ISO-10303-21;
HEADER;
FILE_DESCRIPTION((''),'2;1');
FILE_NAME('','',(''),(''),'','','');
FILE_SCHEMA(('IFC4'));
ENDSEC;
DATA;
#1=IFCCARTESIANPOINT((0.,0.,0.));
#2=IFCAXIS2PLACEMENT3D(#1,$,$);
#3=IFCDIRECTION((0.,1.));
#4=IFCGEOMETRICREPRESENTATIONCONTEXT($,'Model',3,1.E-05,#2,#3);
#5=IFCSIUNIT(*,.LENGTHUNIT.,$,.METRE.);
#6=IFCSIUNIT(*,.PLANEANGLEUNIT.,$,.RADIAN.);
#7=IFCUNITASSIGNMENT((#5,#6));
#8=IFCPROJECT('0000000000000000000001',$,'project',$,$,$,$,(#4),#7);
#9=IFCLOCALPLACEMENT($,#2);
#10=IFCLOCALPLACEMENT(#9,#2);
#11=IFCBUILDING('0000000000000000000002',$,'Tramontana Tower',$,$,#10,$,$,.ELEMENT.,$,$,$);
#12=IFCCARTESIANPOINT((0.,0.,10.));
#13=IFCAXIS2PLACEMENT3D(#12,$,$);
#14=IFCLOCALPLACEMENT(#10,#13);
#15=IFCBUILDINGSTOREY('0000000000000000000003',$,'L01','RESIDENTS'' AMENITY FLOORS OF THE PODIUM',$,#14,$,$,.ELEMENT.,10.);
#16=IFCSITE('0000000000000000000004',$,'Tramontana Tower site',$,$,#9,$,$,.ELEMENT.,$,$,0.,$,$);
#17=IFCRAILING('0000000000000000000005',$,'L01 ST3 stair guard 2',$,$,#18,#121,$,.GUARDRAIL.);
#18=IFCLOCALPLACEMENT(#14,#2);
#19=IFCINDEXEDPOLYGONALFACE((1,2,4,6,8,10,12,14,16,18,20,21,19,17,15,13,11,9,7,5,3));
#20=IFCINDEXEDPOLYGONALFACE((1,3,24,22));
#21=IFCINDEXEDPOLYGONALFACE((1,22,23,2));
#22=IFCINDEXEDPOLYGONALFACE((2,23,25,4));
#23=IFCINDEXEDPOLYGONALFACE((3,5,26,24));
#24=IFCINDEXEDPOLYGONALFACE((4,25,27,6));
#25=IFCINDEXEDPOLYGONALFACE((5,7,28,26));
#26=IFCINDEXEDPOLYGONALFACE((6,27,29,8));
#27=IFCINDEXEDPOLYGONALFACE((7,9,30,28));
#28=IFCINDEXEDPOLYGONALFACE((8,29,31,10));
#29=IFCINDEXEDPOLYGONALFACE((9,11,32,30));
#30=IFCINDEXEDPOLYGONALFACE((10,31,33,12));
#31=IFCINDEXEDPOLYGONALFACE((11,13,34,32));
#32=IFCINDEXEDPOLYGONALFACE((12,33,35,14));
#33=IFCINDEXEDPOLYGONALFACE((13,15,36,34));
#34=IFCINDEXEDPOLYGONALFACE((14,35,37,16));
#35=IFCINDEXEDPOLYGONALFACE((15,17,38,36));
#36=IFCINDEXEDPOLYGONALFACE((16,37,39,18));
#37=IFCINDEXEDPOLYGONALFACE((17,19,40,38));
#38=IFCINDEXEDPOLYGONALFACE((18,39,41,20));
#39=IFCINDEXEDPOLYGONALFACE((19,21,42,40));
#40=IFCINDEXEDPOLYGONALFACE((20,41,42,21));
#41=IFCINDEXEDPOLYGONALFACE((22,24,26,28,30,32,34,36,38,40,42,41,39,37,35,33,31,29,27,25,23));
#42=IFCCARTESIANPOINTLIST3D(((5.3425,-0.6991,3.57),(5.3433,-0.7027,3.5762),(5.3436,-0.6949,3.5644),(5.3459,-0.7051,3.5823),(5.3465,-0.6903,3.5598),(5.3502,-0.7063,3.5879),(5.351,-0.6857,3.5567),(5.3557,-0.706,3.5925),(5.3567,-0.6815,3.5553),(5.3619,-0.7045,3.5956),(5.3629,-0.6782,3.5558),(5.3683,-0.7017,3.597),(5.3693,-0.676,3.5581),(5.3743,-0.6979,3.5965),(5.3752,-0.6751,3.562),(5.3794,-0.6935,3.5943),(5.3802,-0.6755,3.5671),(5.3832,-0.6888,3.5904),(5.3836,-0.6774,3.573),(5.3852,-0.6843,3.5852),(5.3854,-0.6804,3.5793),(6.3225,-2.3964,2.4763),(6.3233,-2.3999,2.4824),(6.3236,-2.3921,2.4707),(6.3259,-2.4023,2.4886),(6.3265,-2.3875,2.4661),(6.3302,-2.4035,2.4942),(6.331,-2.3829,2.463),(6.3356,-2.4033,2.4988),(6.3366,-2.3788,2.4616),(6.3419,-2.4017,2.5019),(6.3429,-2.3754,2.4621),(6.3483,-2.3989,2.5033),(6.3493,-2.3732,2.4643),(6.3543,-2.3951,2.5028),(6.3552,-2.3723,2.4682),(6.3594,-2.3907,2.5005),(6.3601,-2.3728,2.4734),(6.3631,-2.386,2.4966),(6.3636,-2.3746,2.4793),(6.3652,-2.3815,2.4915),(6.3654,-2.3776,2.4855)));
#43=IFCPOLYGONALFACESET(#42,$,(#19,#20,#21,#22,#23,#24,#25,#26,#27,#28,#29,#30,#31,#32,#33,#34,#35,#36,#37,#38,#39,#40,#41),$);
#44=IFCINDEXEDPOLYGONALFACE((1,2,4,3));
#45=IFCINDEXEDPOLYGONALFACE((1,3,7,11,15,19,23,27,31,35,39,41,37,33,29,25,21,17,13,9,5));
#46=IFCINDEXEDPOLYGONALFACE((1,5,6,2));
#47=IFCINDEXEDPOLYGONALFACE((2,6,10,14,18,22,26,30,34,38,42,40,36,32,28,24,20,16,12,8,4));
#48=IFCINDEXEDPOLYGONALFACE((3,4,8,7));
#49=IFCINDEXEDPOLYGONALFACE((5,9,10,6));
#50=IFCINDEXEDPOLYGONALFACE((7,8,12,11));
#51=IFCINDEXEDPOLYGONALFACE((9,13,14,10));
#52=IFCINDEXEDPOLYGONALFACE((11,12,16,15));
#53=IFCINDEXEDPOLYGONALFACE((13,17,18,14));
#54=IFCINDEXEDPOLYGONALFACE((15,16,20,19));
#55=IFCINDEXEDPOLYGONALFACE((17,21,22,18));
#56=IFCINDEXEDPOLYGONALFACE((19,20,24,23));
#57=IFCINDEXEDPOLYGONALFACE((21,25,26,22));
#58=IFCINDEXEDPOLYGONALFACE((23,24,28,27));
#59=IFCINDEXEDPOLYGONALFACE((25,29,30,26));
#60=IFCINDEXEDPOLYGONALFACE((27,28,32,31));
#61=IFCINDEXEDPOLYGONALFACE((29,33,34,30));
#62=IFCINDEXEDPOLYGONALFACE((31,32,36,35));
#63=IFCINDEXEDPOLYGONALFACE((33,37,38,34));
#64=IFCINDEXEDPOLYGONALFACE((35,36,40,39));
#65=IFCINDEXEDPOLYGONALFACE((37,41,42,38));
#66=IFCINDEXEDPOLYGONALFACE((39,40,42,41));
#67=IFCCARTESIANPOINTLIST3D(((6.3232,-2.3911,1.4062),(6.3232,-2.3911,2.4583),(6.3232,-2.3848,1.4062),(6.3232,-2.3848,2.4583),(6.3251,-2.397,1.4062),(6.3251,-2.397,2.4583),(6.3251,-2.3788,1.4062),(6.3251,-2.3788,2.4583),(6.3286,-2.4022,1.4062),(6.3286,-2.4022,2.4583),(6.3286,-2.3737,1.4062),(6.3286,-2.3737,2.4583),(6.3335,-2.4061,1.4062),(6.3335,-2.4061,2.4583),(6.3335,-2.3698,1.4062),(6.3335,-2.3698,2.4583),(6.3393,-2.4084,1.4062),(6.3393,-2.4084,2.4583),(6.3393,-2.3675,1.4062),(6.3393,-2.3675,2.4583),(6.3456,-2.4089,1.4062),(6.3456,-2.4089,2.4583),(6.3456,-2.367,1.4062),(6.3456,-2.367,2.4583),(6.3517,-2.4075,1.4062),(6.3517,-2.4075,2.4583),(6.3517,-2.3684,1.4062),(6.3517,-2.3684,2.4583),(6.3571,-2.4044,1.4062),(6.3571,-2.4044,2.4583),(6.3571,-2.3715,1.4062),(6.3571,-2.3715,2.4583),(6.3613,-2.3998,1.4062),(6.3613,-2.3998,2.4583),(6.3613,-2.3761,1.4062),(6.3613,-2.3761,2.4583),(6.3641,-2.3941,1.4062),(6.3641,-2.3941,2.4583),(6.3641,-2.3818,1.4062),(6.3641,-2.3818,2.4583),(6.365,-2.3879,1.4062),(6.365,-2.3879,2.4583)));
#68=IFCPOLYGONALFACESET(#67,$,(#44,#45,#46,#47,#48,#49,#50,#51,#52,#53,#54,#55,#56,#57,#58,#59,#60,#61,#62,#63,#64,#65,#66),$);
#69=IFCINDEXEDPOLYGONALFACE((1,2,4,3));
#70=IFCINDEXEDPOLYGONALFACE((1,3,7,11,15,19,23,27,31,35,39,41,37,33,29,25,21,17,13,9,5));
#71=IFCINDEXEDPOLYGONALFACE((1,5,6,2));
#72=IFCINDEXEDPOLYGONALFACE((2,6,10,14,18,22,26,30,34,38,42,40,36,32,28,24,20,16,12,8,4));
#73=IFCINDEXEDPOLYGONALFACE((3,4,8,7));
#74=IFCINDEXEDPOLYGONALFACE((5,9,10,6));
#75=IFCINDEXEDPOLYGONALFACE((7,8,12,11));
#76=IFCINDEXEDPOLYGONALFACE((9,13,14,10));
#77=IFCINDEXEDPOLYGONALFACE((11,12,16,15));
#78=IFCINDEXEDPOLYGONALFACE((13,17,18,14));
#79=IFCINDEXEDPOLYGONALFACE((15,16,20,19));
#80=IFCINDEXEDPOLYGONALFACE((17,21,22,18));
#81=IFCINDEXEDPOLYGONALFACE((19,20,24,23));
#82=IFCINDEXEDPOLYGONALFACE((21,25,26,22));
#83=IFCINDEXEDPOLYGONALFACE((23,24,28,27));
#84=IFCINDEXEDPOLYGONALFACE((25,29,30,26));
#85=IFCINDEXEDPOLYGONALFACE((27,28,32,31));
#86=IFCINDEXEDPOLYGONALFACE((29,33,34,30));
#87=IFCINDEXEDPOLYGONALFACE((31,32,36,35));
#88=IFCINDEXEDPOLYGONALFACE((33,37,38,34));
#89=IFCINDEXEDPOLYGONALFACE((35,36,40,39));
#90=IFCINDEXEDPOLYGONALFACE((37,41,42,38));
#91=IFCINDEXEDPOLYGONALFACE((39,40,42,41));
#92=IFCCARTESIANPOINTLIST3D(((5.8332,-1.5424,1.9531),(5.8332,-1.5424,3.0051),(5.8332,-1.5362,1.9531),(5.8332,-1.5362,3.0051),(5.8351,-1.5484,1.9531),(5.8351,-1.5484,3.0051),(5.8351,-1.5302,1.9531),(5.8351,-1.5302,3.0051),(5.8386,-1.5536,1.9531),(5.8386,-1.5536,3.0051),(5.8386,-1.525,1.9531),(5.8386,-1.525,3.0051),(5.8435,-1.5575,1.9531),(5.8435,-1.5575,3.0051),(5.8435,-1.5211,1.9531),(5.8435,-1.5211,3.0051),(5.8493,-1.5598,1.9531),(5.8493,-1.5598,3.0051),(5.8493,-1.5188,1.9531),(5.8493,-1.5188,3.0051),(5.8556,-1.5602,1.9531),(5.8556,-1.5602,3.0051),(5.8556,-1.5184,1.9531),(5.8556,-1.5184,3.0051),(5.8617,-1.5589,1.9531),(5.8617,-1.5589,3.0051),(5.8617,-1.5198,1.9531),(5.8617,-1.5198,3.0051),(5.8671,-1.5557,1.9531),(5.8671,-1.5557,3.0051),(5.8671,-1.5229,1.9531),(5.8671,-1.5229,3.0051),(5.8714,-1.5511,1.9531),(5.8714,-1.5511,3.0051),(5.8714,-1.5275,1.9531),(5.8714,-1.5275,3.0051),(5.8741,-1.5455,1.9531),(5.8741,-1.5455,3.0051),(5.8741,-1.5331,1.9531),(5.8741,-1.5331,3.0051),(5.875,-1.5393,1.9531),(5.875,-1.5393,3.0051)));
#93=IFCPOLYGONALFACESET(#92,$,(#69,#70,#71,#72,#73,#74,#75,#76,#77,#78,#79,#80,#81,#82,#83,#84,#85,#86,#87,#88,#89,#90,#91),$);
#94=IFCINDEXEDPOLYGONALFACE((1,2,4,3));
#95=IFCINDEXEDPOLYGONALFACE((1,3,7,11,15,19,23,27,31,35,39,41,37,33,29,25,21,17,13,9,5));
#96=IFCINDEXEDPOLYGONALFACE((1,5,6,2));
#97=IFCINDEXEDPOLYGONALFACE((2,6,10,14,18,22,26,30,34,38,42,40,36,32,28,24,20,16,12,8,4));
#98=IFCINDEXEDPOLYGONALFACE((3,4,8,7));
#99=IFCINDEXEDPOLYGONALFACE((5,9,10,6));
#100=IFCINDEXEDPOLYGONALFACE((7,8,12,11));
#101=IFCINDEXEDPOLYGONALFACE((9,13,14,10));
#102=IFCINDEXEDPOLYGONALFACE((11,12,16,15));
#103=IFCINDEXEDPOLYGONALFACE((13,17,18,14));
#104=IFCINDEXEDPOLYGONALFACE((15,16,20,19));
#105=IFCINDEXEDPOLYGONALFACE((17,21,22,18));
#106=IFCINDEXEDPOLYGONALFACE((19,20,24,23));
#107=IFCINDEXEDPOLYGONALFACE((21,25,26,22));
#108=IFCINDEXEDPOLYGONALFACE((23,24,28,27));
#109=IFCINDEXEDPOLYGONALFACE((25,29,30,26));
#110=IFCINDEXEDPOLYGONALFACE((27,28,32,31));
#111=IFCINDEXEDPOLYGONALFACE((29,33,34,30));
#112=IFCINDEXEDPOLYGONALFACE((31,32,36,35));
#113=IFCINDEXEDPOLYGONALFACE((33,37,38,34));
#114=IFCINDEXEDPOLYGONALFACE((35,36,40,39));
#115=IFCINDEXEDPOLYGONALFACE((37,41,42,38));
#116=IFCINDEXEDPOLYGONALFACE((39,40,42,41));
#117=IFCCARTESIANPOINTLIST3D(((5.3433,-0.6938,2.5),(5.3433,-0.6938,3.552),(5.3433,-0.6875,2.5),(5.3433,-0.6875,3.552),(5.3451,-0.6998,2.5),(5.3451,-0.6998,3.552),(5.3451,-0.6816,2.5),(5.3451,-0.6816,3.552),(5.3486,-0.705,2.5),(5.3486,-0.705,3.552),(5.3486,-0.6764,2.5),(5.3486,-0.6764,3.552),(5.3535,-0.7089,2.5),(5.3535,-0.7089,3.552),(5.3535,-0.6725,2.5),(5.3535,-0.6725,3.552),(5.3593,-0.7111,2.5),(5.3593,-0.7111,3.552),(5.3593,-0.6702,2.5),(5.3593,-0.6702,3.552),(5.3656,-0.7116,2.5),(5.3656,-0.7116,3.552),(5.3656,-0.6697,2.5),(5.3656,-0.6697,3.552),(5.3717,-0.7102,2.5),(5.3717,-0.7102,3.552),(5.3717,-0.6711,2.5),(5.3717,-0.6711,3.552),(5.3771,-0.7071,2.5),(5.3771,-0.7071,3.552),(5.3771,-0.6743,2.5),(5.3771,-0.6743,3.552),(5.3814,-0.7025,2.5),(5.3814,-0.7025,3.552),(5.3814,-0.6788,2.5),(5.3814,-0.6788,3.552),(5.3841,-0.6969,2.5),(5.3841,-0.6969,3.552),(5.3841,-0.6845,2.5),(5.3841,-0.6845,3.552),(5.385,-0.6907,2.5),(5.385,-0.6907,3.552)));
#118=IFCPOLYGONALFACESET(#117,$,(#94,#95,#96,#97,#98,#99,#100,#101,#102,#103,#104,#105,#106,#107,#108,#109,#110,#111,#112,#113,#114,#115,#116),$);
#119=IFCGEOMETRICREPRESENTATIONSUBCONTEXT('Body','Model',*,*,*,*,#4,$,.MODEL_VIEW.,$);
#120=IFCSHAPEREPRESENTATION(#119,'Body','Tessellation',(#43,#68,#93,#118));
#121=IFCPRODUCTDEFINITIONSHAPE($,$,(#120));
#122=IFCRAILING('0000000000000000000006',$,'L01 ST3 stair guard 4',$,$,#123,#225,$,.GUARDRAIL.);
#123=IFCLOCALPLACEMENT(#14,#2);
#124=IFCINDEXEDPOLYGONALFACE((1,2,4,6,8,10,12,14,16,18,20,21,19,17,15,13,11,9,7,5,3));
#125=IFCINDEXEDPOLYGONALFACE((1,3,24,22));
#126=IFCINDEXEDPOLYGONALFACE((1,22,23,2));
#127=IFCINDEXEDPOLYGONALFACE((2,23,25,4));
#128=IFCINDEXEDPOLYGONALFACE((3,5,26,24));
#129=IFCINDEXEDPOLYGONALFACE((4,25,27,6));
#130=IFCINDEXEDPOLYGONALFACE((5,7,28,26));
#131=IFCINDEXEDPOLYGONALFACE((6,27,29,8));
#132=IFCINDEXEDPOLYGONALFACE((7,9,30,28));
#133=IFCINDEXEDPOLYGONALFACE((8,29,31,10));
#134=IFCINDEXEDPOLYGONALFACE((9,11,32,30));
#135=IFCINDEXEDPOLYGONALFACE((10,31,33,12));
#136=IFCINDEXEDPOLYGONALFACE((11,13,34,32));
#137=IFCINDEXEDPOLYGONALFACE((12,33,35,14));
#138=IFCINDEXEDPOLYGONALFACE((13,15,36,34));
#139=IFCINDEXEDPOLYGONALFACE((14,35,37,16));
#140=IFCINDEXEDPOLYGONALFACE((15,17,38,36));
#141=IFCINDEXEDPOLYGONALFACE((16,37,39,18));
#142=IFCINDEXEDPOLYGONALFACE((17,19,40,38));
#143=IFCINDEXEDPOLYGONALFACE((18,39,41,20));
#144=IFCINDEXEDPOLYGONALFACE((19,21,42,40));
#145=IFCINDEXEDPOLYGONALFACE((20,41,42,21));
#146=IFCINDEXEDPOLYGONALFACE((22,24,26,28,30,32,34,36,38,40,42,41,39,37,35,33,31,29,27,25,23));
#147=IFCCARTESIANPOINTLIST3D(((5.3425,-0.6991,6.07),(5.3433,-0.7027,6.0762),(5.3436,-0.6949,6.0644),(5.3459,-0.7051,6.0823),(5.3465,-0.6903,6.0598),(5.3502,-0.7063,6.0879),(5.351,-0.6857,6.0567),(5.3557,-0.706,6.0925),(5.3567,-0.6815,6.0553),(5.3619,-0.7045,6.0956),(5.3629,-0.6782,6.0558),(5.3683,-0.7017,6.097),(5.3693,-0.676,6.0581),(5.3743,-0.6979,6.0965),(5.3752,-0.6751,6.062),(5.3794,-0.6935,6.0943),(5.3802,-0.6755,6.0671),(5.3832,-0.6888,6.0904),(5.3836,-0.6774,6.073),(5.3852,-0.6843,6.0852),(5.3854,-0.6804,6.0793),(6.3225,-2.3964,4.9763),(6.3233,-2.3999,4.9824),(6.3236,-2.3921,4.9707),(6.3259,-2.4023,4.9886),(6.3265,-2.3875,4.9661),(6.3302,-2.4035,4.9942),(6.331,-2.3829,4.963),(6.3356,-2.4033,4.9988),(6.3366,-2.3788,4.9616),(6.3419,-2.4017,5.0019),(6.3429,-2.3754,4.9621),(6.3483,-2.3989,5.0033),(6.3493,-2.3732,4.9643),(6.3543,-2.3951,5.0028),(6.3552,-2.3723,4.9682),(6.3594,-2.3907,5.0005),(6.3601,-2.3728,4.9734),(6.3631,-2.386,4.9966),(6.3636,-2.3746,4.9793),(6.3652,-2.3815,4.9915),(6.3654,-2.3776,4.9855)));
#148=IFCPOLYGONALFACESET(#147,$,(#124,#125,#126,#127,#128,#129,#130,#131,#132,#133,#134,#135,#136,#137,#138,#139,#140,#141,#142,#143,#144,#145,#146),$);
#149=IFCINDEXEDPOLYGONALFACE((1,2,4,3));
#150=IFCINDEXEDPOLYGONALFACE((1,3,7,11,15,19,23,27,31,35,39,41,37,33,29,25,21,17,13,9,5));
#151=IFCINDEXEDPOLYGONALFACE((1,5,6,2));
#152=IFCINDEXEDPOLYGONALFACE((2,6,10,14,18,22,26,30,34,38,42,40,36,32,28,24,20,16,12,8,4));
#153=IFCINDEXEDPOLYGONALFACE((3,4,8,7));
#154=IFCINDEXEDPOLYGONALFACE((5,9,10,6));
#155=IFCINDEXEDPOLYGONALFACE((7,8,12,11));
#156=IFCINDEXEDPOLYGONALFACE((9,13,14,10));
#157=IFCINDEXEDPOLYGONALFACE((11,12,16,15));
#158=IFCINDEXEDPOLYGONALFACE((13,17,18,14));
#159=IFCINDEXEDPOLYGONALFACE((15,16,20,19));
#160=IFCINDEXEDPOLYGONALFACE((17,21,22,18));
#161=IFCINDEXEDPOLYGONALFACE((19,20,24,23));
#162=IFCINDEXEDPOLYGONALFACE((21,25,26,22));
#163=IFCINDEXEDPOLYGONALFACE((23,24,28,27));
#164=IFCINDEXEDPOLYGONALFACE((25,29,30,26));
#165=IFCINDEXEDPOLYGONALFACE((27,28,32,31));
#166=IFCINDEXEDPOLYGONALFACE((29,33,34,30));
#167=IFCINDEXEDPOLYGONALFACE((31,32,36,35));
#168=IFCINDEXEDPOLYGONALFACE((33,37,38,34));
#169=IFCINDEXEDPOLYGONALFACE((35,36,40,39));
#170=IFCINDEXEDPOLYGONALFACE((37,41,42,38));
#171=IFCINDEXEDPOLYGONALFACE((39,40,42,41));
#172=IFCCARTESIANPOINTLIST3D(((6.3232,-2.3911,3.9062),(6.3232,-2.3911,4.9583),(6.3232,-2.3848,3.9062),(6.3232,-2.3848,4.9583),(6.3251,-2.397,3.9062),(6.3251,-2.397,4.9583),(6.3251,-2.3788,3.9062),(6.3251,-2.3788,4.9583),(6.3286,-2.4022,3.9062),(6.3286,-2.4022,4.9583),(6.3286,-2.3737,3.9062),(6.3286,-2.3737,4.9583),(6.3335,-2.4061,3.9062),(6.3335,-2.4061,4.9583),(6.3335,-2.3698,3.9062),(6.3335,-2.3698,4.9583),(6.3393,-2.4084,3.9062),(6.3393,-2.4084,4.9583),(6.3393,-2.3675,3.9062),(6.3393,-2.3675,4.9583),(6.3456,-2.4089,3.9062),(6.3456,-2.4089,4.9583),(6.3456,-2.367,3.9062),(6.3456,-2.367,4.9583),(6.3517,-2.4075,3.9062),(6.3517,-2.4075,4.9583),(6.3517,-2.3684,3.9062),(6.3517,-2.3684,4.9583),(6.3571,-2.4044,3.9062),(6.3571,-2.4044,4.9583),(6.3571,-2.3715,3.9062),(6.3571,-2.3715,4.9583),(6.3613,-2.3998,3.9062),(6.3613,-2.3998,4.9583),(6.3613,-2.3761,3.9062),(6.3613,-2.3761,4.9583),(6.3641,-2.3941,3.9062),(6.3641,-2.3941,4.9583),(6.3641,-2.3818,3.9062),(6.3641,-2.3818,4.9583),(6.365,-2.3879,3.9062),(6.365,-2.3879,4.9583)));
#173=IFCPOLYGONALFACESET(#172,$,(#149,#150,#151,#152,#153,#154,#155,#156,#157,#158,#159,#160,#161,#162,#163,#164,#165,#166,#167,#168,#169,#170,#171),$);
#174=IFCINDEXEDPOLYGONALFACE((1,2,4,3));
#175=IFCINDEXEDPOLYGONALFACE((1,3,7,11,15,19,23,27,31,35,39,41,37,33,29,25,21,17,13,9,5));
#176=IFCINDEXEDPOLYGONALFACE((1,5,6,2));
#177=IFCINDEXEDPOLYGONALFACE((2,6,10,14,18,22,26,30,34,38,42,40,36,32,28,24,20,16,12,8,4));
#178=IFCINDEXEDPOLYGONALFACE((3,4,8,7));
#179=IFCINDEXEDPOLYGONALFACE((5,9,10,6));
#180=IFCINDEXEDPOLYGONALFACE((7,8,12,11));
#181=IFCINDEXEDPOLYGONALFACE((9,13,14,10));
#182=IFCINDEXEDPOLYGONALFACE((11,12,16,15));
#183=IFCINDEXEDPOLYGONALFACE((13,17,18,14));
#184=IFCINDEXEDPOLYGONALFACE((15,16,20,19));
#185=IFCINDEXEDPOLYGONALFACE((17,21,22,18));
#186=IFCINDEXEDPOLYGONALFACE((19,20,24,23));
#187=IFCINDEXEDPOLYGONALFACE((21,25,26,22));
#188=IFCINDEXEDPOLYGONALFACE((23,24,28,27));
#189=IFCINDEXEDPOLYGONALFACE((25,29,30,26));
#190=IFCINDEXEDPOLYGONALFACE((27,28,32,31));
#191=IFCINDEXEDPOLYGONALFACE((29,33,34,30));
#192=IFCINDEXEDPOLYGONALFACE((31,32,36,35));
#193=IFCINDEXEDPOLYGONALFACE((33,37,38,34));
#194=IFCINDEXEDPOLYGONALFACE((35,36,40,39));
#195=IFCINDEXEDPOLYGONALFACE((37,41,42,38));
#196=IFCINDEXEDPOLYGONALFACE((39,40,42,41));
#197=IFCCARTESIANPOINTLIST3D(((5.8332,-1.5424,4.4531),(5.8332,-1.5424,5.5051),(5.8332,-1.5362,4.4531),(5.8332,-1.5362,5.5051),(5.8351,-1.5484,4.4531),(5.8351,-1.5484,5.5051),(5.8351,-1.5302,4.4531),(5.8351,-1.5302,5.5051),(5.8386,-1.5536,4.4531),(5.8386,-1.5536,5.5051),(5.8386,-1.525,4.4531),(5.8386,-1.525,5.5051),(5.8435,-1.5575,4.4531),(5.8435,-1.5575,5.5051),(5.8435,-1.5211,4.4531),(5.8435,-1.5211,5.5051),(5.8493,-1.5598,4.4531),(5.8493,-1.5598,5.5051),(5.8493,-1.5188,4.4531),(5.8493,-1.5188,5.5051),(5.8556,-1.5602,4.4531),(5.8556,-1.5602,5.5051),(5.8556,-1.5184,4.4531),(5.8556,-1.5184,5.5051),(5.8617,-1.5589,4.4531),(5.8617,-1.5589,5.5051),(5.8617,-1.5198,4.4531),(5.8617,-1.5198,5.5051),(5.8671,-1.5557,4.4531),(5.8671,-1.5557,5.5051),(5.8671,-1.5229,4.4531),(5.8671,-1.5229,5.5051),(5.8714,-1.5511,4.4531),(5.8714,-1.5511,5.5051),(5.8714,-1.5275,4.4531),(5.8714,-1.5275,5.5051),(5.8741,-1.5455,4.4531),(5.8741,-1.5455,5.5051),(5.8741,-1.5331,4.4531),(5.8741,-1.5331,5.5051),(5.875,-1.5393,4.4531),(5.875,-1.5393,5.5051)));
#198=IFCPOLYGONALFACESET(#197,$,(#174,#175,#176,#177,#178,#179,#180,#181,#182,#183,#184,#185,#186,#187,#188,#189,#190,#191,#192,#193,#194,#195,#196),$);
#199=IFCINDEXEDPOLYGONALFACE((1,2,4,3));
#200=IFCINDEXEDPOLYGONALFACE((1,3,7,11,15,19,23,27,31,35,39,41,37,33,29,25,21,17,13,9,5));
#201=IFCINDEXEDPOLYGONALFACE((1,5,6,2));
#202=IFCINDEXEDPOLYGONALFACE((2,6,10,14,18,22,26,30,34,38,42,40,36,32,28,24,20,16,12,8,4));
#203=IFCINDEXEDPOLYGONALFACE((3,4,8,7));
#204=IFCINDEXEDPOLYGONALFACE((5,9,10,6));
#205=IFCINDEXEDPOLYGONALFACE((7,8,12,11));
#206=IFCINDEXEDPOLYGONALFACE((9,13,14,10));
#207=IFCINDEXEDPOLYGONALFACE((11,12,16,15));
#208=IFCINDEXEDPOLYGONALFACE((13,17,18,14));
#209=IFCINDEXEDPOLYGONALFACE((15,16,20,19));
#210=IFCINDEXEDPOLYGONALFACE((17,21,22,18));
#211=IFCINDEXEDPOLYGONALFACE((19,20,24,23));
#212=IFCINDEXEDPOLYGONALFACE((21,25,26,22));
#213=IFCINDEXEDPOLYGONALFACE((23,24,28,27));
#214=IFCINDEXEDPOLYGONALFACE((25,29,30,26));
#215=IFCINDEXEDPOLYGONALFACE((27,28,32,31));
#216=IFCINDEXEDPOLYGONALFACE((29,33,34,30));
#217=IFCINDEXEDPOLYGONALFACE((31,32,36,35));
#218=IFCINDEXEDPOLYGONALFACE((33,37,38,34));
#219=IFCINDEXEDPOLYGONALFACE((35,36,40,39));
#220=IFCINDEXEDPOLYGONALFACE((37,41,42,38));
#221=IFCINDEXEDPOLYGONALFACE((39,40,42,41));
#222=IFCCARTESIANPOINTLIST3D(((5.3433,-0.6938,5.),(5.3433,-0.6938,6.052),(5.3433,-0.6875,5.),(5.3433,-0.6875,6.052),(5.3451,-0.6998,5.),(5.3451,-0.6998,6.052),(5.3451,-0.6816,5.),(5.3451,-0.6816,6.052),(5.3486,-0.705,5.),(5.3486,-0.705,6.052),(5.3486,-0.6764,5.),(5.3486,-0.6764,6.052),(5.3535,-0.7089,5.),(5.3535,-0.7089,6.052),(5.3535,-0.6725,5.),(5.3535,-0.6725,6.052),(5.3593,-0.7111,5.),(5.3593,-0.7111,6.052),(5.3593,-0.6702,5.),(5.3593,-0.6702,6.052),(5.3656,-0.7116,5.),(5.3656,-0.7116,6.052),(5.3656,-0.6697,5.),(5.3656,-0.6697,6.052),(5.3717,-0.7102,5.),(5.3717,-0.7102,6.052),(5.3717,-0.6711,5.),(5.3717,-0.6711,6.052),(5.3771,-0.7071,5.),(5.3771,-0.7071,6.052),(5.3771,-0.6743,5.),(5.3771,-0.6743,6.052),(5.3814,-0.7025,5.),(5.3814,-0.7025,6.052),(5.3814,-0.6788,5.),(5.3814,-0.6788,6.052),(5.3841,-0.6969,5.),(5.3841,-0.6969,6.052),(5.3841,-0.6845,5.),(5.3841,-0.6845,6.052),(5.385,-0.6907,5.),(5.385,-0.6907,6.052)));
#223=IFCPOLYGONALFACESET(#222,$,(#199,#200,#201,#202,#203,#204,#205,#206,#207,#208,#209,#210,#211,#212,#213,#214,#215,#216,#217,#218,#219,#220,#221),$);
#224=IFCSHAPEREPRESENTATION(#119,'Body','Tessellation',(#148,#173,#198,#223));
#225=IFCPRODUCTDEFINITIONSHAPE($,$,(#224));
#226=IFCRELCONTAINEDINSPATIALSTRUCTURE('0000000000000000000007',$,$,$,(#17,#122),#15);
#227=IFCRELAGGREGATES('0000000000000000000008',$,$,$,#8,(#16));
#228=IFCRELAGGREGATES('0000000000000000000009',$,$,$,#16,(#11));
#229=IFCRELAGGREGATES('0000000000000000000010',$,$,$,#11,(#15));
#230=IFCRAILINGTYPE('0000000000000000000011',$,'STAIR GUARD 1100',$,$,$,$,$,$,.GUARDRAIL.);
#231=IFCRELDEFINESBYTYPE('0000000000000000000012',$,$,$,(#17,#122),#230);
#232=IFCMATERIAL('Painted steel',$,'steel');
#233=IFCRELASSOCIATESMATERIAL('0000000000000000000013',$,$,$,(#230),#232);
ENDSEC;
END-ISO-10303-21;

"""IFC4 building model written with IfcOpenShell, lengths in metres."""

from ifc_helpers import new_model, si_unit, direction, frame, origin, origin_2d, place, context, subcontext, project, spatial, circle, extrude, material, type_object, element, save


model = new_model("IFC4")

# Units and contexts
model_context = context("Model", 3, precision=1e-05, world=origin(), true_north=direction((0.0, 1.0)))
body_context = subcontext(model_context, "Body", "Model", "MODEL_VIEW")
ifc_project = project(units=[si_unit("LENGTHUNIT", "METRE"), si_unit("PLANEANGLEUNIT", "RADIAN")], contexts=[model_context])

# Site, building, storey
site_placement = place(None, origin())
site = spatial("IfcSite", under=ifc_project, at=site_placement, Name="Tramontana Tower site", CompositionType="ELEMENT", RefElevation=0.0)
building_placement = place(site_placement, origin())
building = spatial("IfcBuilding", under=site, at=building_placement, Name="Tramontana Tower", CompositionType="ELEMENT")
storey_placement = place(building_placement, frame((0.0, 0.0, 10.0)))
storey = spatial("IfcBuildingStorey", under=building, at=storey_placement, Name="L01", Description="RESIDENTS' AMENITY FLOORS OF THE PODIUM", CompositionType="ELEMENT", Elevation=10.0)

# Railings
ifc_material_1 = material(Name="Painted steel", Category="steel")
railing_type_1 = type_object("IfcRailingType", Name="STAIR GUARD 1100", PredefinedType="GUARDRAIL", material=ifc_material_1)
for number, where, name in (
    (1, (6.344, -2.3879, 1.4062), "L01 ST3 stair guard 2"),
    (2, (6.344, -2.3879, 3.9062), "L01 ST3 stair guard 4"),
):
    element("IfcRailing", number, at=place(storey_placement, frame(where)), inside=storey, type_object=railing_type_1, Name=name, PredefinedType="GUARDRAIL", context=body_context, shape_type="SweptSolid", body=[
        extrude(circle(Radius=0.0239, at=origin_2d()), frame((0.0, 0.0, 1.0762), z_axis=(-0.436632, 0.75622, 0.487323), x_axis=(-0.866011, -0.500024, 0.0)), (0.0, 0.0, 1.0), 2.2444),
        extrude(circle(Radius=0.021, at=origin_2d()), origin(), (0.0, 0.0, 1.0), 1.052),
        extrude(circle(Radius=0.021, at=origin_2d()), frame((-0.49, 0.8486, 0.5469)), (0.0, 0.0, 1.0), 1.052),
        extrude(circle(Radius=0.021, at=origin_2d()), frame((-0.98, 1.6973, 1.0938)), (0.0, 0.0, 1.0), 1.052),
    ])

save(model, "model.ifc")
